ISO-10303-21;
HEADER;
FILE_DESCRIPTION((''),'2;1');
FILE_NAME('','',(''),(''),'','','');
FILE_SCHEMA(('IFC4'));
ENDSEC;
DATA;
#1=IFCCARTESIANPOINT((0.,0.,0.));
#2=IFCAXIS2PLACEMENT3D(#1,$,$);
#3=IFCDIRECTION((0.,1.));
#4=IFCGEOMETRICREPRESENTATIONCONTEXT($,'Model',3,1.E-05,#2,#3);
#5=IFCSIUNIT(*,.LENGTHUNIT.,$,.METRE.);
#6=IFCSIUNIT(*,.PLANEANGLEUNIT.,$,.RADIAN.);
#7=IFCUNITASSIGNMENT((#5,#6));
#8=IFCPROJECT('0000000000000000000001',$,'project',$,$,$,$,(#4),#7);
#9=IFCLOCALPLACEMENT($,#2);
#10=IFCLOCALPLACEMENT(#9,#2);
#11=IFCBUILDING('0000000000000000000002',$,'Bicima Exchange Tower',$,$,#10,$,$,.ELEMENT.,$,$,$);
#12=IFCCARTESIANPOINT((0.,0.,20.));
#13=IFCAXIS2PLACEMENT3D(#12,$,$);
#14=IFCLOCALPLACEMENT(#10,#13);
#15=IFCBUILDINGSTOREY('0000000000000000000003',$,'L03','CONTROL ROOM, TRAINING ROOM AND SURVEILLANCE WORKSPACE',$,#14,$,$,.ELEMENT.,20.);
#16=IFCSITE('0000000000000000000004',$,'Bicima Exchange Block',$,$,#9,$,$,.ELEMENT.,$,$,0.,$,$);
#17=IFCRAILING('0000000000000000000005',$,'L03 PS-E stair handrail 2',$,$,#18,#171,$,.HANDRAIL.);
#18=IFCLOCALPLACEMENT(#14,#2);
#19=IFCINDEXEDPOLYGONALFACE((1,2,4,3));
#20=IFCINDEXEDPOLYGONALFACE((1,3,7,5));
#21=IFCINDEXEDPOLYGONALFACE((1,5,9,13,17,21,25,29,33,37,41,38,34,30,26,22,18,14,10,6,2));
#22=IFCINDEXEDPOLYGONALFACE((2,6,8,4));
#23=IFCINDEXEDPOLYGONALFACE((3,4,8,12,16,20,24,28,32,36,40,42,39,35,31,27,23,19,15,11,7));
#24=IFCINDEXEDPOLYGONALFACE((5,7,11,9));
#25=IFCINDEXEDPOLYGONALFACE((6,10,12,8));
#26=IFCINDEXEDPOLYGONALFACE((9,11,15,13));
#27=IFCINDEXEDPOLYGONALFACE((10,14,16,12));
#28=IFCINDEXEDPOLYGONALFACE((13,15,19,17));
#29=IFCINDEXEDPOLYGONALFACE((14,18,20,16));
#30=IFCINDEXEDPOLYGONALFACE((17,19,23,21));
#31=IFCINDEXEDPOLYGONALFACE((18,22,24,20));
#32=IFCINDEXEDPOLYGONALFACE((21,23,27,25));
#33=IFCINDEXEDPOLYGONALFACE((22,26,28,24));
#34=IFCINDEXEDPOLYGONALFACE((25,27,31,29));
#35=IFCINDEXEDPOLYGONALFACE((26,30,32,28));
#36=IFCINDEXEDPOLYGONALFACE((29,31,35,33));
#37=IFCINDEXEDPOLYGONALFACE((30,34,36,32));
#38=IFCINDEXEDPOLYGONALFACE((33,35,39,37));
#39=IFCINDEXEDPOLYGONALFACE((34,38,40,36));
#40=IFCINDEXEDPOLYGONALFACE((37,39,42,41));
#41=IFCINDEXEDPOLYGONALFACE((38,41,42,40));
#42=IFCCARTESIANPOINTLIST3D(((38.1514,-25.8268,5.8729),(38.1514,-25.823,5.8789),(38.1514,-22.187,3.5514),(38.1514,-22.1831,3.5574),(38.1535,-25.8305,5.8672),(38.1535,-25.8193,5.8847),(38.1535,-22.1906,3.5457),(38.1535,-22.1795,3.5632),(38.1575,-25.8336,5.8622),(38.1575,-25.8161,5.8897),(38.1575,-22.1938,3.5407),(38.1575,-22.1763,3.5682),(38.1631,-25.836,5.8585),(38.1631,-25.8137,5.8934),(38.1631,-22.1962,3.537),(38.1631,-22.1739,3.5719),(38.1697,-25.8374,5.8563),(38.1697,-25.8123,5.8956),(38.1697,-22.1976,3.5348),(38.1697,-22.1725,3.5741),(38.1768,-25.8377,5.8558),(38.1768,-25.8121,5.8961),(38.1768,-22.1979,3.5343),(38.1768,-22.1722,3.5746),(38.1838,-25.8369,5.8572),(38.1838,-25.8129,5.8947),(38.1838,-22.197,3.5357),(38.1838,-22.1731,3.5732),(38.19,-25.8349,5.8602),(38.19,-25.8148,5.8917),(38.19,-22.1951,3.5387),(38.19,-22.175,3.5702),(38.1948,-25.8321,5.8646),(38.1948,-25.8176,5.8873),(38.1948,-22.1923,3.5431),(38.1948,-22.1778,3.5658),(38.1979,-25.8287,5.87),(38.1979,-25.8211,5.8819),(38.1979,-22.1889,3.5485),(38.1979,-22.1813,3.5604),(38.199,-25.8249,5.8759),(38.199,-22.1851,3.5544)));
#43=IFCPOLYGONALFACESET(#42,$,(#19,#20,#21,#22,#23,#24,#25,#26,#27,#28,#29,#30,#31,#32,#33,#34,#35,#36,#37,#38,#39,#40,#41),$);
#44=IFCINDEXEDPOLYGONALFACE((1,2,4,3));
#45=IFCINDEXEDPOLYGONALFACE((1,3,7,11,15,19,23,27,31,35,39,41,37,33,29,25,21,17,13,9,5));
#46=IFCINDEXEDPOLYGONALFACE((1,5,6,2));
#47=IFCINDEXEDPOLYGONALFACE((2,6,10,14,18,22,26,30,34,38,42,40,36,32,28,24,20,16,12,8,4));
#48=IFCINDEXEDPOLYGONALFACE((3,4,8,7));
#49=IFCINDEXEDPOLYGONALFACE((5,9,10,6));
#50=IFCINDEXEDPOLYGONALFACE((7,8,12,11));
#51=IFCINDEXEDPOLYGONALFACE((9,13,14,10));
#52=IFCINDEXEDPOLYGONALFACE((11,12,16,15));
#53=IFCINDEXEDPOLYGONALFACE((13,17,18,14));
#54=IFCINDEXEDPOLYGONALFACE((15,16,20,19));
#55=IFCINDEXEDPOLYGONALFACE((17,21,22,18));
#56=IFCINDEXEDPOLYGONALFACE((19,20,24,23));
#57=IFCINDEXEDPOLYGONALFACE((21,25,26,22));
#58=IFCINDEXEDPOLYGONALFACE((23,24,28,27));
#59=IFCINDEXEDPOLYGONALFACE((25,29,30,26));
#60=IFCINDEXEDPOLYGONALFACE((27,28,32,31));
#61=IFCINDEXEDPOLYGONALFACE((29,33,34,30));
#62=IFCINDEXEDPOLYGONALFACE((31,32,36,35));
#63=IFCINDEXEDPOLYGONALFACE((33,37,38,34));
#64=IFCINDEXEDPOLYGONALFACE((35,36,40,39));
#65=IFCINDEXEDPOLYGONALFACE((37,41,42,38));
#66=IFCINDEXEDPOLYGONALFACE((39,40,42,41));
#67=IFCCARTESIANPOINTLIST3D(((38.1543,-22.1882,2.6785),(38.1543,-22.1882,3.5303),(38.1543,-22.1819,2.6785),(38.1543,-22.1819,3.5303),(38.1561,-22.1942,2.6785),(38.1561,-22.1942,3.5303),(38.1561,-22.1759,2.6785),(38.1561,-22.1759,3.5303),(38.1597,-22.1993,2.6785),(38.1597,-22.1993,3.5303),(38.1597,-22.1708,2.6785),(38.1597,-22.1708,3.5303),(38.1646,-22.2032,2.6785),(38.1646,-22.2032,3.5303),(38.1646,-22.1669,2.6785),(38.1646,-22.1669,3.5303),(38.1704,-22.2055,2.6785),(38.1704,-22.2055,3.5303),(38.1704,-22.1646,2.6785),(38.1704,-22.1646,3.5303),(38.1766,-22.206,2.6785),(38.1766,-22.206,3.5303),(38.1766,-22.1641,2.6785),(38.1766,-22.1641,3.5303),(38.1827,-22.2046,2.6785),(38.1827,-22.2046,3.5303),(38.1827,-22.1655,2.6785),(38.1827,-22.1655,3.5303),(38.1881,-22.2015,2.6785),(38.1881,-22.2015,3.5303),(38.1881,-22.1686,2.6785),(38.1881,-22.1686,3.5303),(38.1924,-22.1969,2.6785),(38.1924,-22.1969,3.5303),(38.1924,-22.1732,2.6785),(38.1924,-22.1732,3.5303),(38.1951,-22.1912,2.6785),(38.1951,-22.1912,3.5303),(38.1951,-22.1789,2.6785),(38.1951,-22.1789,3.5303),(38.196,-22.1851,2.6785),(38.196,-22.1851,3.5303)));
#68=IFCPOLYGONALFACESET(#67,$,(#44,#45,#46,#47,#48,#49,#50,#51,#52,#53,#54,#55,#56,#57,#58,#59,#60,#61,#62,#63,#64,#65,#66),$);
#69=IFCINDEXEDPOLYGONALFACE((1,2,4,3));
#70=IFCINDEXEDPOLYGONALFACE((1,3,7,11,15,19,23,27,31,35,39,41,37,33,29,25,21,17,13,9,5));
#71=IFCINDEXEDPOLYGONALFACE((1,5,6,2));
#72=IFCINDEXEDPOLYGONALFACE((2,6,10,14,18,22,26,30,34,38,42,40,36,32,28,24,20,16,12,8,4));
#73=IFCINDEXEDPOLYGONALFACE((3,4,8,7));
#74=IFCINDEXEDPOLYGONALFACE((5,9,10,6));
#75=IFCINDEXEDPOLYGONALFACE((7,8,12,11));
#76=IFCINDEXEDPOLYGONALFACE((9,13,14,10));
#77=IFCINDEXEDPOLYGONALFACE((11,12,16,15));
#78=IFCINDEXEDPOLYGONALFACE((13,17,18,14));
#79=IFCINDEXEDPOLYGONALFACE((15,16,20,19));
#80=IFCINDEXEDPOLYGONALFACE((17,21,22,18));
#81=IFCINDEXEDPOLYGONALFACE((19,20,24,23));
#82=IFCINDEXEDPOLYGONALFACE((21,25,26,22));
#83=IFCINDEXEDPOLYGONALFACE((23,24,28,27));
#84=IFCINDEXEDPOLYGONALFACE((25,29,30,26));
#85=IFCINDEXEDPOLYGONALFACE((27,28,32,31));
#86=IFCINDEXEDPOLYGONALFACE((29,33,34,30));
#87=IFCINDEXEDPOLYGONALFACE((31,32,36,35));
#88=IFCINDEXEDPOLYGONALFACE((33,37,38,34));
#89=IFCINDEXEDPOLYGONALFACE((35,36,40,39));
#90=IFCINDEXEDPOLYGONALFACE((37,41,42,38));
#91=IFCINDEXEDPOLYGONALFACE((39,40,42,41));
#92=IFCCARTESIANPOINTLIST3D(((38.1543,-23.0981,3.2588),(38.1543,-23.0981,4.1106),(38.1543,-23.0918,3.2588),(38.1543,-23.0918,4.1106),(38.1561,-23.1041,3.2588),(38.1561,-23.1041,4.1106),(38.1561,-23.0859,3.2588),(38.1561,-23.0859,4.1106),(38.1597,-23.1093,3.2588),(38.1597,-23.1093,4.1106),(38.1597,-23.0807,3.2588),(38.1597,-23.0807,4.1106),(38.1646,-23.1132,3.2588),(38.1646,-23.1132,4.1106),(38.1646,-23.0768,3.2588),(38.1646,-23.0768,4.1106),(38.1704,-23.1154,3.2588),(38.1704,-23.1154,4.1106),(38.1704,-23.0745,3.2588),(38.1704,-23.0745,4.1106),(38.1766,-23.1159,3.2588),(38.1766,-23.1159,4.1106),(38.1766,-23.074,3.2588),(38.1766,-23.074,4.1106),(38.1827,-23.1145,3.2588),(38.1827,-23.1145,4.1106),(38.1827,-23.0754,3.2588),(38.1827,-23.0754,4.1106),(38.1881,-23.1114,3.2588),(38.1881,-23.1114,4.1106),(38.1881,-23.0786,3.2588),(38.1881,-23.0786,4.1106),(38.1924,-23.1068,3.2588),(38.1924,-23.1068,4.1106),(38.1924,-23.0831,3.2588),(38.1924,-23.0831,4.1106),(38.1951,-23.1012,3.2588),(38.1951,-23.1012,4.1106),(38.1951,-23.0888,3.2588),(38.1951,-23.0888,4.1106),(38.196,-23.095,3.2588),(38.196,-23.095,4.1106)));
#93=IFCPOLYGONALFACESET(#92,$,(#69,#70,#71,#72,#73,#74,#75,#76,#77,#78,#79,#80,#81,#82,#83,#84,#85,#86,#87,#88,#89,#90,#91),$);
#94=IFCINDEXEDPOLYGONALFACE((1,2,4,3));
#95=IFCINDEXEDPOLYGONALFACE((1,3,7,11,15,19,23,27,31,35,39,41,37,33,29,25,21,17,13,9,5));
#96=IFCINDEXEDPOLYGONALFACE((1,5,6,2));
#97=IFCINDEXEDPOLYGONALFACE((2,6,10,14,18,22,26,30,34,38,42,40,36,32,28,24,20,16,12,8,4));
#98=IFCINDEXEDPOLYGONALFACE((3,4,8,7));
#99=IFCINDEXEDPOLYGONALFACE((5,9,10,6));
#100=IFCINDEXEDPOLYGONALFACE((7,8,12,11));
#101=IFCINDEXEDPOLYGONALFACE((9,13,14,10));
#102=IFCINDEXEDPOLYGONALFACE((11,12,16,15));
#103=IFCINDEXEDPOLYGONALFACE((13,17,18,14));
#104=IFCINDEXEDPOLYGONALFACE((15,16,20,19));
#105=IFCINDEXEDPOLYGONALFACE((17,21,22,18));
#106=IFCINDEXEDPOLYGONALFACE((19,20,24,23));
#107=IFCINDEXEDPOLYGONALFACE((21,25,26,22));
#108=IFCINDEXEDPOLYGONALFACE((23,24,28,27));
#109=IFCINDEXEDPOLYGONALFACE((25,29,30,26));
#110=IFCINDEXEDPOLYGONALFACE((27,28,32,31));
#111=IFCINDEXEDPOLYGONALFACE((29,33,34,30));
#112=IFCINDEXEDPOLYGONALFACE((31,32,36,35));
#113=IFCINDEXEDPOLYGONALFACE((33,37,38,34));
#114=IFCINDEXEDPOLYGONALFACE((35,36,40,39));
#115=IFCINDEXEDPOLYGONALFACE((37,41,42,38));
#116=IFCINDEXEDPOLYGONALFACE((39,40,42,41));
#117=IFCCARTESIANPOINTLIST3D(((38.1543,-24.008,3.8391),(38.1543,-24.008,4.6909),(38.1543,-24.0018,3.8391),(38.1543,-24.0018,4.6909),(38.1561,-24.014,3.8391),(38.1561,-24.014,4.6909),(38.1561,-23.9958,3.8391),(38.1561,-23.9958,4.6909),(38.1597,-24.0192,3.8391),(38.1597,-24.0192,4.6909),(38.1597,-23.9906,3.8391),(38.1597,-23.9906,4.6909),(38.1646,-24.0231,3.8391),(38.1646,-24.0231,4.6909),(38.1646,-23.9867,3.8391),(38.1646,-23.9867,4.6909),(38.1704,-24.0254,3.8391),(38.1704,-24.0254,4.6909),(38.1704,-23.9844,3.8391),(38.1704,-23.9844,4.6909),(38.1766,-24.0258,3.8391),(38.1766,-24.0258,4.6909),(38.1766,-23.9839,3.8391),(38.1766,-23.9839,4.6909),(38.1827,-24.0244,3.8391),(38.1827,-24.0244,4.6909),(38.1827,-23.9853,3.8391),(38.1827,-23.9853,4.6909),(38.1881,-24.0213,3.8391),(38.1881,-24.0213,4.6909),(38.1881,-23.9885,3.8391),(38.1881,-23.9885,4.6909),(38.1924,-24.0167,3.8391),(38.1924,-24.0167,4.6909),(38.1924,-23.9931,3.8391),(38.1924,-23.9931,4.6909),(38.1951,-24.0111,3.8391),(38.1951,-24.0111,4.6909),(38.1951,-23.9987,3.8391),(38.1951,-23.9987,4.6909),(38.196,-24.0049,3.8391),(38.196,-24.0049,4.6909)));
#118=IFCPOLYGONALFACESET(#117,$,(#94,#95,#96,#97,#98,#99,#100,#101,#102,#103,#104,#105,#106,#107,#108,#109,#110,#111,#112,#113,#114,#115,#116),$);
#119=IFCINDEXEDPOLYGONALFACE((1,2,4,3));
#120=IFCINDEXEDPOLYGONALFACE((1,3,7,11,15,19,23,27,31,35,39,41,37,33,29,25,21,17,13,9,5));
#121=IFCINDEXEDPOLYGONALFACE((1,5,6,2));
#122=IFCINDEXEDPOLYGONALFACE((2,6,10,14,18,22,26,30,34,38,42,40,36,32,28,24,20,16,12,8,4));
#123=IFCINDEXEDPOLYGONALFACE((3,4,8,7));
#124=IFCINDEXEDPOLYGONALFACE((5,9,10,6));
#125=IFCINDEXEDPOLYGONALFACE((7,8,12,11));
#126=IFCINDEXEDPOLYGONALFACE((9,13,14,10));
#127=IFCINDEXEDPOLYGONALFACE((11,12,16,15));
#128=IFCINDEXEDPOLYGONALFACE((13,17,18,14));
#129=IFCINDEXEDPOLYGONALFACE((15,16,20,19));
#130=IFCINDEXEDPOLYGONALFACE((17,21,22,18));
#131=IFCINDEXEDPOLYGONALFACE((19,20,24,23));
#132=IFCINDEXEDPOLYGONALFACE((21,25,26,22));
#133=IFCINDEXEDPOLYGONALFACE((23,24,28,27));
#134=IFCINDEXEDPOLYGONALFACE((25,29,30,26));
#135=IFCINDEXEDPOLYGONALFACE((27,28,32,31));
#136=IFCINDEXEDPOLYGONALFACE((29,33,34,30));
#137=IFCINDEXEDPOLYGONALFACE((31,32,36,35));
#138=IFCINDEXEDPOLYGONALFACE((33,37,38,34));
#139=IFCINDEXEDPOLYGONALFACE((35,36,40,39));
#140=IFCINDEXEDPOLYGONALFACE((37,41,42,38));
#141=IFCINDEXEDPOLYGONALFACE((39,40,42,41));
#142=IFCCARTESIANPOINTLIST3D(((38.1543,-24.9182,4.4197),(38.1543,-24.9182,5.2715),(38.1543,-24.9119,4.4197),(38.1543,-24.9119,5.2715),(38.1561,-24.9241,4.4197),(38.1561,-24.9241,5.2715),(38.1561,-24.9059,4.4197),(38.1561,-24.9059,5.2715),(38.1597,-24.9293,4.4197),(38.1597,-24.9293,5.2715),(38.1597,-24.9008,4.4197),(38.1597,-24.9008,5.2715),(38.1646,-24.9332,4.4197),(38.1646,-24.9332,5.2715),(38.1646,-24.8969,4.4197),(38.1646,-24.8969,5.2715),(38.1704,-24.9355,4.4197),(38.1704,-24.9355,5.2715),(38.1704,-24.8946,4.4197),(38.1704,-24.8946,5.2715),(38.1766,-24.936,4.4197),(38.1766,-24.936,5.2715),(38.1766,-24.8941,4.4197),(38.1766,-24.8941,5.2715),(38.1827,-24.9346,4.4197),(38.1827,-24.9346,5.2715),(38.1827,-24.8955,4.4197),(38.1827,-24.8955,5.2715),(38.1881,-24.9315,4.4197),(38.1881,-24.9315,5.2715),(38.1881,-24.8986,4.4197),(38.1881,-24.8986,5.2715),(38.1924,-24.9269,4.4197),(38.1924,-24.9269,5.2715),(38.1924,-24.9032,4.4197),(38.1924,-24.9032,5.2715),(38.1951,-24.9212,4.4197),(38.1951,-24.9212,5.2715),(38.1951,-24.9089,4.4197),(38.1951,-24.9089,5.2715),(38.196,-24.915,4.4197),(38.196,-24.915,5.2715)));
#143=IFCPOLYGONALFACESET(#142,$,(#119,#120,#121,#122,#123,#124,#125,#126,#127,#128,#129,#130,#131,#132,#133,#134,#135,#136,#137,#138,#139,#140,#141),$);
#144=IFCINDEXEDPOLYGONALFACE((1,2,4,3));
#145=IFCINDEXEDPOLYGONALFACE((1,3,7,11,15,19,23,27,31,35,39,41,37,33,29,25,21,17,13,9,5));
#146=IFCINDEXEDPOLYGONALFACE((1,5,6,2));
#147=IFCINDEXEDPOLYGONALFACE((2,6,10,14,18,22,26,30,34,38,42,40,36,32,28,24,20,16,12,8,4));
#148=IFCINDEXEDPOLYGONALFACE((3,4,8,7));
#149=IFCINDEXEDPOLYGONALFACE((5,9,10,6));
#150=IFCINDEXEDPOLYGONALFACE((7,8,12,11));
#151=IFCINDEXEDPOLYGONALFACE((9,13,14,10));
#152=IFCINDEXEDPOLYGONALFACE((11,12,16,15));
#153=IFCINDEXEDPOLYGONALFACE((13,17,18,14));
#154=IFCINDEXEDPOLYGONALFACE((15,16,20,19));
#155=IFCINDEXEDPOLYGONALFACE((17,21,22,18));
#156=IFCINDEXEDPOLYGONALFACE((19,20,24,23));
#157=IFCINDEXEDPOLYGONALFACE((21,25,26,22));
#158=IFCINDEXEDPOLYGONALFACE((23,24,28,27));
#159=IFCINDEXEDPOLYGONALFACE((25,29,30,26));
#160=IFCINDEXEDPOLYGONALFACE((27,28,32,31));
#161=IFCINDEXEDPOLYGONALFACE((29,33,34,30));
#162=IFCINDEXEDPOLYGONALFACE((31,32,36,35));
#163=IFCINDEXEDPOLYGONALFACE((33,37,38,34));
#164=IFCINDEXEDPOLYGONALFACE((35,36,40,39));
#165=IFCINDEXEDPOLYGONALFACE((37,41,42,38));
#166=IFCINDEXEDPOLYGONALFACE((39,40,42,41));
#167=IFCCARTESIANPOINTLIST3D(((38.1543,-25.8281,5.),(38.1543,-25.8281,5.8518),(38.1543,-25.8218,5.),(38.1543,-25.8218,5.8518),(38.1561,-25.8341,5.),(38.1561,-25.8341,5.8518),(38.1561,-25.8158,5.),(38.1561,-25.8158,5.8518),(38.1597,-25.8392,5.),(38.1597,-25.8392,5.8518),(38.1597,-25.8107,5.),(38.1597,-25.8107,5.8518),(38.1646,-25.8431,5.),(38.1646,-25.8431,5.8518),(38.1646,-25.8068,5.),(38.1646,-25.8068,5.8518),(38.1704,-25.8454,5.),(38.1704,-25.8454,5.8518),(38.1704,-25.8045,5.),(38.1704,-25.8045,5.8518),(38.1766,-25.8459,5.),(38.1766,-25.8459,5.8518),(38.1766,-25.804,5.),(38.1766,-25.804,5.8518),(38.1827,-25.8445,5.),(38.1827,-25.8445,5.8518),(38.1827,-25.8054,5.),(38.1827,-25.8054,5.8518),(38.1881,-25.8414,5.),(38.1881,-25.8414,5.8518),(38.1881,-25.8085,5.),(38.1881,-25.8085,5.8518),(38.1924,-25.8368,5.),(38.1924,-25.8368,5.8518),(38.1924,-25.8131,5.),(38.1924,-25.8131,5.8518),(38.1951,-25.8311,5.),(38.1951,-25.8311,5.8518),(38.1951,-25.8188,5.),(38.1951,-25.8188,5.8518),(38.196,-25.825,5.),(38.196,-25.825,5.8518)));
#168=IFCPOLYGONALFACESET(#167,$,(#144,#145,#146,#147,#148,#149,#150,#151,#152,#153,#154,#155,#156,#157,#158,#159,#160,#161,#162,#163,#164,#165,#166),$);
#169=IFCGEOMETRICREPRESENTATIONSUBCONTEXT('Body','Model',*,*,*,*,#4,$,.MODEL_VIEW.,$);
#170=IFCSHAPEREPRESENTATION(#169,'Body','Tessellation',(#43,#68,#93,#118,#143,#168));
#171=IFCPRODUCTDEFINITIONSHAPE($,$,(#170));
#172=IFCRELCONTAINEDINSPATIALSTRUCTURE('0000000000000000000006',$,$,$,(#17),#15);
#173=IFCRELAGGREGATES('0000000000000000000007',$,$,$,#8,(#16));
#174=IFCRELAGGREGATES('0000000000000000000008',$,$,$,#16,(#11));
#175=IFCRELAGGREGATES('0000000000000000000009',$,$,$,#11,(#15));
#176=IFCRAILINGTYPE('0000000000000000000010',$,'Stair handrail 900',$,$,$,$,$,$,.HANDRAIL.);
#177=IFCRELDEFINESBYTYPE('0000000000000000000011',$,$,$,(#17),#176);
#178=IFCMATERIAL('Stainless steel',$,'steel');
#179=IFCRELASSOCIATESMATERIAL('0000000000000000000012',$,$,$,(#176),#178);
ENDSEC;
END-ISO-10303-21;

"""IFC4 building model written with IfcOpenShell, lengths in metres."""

from ifc_helpers import new_model, si_unit, direction, frame, origin, origin_2d, place, context, subcontext, project, spatial, circle, extrude, material, type_object, element, save


model = new_model("IFC4")

# Units and contexts
model_context = context("Model", 3, precision=1e-05, world=origin(), true_north=direction((0.0, 1.0)))
body_context = subcontext(model_context, "Body", "Model", "MODEL_VIEW")
ifc_project = project(units=[si_unit("LENGTHUNIT", "METRE"), si_unit("PLANEANGLEUNIT", "RADIAN")], contexts=[model_context])

# Site, building, storey
site_placement = place(None, origin())
site = spatial("IfcSite", under=ifc_project, at=site_placement, Name="Bicima Exchange Block", CompositionType="ELEMENT", RefElevation=0.0)
building_placement = place(site_placement, origin())
building = spatial("IfcBuilding", under=site, at=building_placement, Name="Bicima Exchange Tower", CompositionType="ELEMENT")
storey_placement = place(building_placement, frame((0.0, 0.0, 20.0)))
storey = spatial("IfcBuildingStorey", under=building, at=storey_placement, Name="L03", Description="CONTROL ROOM, TRAINING ROOM AND SURVEILLANCE WORKSPACE", CompositionType="ELEMENT", Elevation=20.0)

# Railing
ifc_material_1 = material(Name="Stainless steel", Category="steel")
railing_type_1 = type_object("IfcRailingType", Name="Stair handrail 900", PredefinedType="HANDRAIL", material=ifc_material_1)
railing_1_placement = place(storey_placement, frame((38.175, -22.1851, 2.6785)))
element("IfcRailing", 1, at=railing_1_placement, inside=storey, type_object=railing_type_1, Name="L03 PS-E stair handrail 2", PredefinedType="HANDRAIL", context=body_context, shape_type="SweptSolid", body=[
    extrude(circle(Radius=0.0239, at=origin_2d()), frame((0.0, 0.0, 0.876), z_axis=(0.0, -0.843112, 0.537739), x_axis=(1.0, 0.0, 0.0)), (0.0, 0.0, 1.0), 4.3171),
    extrude(circle(Radius=0.021, at=origin_2d()), origin(), (0.0, 0.0, 1.0), 0.8518),
    extrude(circle(Radius=0.021, at=origin_2d()), frame((0.0, -0.9099, 0.5803)), (0.0, 0.0, 1.0), 0.8518),
    extrude(circle(Radius=0.021, at=origin_2d()), frame((0.0, -1.8198, 1.1606)), (0.0, 0.0, 1.0), 0.8518),
    extrude(circle(Radius=0.021, at=origin_2d()), frame((0.0, -2.73, 1.7412)), (0.0, 0.0, 1.0), 0.8518),
    extrude(circle(Radius=0.021, at=origin_2d()), frame((0.0, -3.6399, 2.3215)), (0.0, 0.0, 1.0), 0.8518),
])

save(model, "model.ifc")
